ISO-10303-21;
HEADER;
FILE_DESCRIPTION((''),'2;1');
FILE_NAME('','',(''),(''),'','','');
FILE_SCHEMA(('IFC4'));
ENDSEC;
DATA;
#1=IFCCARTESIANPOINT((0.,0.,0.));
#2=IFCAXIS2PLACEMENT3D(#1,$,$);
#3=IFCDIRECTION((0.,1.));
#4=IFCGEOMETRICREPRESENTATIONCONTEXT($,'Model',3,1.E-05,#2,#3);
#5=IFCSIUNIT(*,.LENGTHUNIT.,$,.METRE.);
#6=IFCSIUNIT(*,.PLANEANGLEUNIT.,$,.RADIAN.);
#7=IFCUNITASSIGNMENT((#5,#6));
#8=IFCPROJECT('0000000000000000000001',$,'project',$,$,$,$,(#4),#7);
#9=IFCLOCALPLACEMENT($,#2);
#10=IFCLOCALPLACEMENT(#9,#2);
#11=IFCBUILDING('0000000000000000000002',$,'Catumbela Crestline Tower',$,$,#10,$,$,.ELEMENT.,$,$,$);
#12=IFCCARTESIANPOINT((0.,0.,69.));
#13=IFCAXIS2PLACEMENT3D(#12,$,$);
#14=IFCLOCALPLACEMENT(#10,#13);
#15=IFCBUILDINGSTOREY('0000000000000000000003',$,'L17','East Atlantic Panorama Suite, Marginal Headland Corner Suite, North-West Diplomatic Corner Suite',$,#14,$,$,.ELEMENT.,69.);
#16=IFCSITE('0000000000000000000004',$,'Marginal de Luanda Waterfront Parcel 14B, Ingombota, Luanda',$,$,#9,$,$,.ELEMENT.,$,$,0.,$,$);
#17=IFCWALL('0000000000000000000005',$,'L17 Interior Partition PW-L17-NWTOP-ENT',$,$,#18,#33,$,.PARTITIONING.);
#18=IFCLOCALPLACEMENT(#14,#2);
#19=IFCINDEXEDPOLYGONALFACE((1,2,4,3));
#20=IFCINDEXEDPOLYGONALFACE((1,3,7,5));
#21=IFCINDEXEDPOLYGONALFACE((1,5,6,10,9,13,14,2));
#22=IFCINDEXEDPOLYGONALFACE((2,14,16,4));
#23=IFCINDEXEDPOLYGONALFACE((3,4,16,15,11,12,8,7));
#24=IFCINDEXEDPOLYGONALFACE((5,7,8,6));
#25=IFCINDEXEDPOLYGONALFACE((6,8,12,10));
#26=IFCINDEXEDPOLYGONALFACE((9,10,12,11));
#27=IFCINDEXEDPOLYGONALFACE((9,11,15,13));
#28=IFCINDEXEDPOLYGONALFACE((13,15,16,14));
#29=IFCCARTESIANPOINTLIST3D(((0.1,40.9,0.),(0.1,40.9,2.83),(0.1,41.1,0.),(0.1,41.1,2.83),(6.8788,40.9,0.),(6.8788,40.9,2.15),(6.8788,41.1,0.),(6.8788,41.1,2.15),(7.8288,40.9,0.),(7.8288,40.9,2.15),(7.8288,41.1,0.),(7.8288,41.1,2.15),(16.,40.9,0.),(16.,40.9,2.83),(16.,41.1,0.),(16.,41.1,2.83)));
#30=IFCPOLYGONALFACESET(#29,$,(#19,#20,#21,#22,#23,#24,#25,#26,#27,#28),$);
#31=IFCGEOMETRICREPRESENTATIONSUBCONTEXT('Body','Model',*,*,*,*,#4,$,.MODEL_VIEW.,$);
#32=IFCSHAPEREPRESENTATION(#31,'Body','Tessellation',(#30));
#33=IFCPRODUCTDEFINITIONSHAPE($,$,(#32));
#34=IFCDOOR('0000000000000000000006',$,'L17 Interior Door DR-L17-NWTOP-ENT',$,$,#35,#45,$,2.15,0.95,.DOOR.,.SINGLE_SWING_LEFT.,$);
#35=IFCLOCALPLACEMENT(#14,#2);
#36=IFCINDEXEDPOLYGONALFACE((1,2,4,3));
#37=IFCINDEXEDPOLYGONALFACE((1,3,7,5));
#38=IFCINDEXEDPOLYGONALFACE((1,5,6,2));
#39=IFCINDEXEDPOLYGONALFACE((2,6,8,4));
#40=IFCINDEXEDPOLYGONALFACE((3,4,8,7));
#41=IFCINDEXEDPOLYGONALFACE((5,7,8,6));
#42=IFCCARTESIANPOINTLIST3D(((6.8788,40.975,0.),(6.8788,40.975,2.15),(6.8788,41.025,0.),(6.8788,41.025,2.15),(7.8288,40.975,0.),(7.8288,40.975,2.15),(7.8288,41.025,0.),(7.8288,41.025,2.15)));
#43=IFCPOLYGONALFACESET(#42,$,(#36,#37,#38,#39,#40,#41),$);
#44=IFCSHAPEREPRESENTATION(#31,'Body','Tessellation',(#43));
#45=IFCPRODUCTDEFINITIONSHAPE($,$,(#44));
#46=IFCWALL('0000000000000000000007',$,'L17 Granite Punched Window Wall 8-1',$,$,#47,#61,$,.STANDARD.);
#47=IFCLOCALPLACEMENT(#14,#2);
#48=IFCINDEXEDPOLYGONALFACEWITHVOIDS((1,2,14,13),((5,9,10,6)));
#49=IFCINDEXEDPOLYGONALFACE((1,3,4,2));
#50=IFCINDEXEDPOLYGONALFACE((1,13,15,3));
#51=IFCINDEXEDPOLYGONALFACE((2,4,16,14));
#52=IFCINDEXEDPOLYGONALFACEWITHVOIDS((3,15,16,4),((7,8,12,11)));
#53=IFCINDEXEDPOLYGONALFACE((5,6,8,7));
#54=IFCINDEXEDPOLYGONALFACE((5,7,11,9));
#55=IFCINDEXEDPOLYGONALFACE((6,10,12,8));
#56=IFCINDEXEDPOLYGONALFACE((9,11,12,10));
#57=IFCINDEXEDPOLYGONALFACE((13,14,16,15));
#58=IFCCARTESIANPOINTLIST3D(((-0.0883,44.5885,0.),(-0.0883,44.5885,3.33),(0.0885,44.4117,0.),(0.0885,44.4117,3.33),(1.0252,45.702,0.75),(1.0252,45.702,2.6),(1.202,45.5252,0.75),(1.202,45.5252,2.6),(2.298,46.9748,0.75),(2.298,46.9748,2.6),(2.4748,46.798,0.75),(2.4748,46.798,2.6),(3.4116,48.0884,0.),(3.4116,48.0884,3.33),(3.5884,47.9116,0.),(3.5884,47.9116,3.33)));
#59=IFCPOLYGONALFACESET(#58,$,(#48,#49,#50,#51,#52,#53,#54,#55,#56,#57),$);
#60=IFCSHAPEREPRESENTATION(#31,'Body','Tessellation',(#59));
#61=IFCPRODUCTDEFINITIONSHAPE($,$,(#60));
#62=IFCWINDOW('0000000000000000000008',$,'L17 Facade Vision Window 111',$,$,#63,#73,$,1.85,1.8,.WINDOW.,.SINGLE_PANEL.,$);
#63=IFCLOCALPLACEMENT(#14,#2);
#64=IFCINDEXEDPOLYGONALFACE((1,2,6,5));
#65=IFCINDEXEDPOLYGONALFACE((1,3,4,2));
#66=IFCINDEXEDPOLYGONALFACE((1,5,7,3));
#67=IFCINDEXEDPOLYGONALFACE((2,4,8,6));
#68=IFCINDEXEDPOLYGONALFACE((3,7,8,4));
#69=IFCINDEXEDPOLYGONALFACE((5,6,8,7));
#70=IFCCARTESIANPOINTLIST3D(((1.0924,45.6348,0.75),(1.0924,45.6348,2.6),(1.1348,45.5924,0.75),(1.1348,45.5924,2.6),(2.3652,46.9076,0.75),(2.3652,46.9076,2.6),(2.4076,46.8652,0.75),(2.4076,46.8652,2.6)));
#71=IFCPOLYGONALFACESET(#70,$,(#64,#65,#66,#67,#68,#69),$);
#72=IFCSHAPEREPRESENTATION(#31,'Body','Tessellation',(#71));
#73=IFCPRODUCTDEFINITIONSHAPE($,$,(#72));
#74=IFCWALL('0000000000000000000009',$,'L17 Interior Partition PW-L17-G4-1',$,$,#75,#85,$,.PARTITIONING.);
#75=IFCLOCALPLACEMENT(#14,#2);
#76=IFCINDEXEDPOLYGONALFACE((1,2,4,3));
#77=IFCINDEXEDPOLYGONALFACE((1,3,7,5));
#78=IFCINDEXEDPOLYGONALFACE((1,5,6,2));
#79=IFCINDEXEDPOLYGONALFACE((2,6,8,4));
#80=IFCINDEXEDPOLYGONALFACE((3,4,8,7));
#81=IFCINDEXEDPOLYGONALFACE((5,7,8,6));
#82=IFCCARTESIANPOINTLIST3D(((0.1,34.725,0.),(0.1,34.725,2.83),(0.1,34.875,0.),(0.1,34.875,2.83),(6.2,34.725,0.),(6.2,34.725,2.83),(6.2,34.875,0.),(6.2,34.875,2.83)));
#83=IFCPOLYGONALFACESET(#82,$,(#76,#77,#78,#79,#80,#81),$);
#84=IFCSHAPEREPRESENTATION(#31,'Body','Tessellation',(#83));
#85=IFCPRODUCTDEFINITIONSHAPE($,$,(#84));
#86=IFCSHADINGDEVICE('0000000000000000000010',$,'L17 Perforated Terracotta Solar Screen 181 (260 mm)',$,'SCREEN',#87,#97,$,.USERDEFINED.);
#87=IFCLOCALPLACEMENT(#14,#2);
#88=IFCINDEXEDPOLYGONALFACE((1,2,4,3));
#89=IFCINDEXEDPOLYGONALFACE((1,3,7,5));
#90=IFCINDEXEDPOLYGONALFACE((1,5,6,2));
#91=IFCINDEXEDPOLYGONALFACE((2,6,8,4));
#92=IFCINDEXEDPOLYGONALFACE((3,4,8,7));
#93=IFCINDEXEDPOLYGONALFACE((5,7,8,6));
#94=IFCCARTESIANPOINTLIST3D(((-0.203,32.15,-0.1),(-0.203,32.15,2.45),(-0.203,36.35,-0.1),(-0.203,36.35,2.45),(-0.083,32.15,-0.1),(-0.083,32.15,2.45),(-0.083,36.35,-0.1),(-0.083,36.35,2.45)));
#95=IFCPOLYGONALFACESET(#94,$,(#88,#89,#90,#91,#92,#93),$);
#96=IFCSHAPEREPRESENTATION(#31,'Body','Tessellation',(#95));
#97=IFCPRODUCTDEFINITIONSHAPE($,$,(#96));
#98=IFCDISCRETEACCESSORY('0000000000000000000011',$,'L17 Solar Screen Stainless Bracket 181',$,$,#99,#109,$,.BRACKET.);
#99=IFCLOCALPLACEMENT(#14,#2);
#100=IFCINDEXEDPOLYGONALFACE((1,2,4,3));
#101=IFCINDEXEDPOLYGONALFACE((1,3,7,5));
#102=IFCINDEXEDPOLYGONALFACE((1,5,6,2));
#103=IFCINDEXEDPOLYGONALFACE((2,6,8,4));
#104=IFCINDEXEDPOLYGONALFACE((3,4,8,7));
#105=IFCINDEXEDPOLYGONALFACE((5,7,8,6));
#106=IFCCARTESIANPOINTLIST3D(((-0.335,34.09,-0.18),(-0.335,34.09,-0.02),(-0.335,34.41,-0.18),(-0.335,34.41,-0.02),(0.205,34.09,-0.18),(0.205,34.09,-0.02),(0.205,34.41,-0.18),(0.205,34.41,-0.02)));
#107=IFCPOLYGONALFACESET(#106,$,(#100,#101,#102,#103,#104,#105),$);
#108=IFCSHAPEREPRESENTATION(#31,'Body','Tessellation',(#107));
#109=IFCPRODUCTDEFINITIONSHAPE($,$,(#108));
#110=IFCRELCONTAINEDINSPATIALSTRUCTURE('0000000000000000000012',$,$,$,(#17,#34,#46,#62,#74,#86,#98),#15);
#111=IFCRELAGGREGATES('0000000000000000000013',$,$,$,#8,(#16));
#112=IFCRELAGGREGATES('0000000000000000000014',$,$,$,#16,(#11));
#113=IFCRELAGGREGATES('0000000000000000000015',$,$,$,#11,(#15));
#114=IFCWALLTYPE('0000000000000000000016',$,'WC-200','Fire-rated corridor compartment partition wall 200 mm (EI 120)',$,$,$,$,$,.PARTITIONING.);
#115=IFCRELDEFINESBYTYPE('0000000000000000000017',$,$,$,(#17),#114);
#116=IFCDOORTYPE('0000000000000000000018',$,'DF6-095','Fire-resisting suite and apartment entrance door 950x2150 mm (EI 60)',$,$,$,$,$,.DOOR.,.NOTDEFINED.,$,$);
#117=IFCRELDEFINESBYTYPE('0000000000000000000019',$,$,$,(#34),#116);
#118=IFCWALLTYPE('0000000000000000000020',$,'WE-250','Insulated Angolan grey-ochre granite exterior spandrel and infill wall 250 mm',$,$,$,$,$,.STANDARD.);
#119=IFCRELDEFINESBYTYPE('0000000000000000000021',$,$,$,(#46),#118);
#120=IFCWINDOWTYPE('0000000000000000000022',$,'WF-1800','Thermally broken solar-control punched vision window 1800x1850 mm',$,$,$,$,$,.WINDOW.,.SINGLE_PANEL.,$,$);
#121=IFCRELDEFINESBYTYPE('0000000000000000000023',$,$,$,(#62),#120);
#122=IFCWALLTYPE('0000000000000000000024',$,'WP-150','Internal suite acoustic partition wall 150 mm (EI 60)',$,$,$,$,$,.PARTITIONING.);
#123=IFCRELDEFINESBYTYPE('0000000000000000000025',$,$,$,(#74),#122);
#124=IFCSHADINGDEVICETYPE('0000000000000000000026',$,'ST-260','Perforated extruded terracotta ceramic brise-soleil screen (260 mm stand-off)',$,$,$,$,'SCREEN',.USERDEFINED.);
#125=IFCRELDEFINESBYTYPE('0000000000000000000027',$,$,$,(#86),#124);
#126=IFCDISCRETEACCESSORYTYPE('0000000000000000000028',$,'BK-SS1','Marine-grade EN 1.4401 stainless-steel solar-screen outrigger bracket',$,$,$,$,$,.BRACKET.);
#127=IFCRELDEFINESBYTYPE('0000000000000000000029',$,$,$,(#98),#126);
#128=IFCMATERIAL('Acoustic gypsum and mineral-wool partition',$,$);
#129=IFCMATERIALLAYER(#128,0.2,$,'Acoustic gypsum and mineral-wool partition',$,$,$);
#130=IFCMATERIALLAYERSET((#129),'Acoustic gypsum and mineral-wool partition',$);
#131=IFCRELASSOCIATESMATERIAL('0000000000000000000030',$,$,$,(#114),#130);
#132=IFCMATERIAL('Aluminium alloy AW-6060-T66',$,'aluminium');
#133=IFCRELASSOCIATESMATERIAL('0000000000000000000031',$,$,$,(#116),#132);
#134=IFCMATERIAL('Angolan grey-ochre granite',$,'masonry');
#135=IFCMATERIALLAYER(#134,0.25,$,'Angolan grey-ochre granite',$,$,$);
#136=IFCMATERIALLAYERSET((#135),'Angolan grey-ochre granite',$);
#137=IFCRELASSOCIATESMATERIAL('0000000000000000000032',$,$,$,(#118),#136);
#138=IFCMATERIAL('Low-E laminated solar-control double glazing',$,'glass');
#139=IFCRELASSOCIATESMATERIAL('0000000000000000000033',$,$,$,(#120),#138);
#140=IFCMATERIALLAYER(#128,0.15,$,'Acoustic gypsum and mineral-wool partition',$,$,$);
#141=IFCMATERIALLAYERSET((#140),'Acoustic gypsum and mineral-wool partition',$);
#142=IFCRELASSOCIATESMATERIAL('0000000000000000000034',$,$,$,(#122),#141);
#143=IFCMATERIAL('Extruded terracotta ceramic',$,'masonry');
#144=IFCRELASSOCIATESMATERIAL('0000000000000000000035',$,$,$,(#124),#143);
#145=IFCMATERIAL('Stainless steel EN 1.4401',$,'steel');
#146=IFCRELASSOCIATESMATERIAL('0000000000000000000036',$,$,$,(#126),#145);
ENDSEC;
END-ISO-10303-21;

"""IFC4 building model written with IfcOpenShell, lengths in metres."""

from ifc_helpers import new_model, si_unit, direction, frame, frame_2d, origin, origin_2d, place, context, subcontext, project, spatial, rectangle, extrude, material, layer, layer_set, type_object, element, fill, save


model = new_model("IFC4")

# Units and contexts
model_context = context("Model", 3, precision=1e-05, world=origin(), true_north=direction((0.0, 1.0)))
body_context = subcontext(model_context, "Body", "Model", "MODEL_VIEW")
ifc_project = project(units=[si_unit("LENGTHUNIT", "METRE"), si_unit("PLANEANGLEUNIT", "RADIAN")], contexts=[model_context])

# Site, building, storey
site_placement = place(None, origin())
site = spatial("IfcSite", under=ifc_project, at=site_placement, Name="Marginal de Luanda Waterfront Parcel 14B, Ingombota, Luanda", CompositionType="ELEMENT", RefElevation=0.0)
building_placement = place(site_placement, origin())
building = spatial("IfcBuilding", under=site, at=building_placement, Name="Catumbela Crestline Tower", CompositionType="ELEMENT")
storey_placement = place(building_placement, frame((0.0, 0.0, 69.0)))
storey = spatial("IfcBuildingStorey", under=building, at=storey_placement, Name="L17", Description="East Atlantic Panorama Suite, Marginal Headland Corner Suite, North-West Diplomatic Corner Suite", CompositionType="ELEMENT", Elevation=69.0)

# Shared definitions
ifc_material_1 = material(Name="Aluminium alloy AW-6060-T66", Category="aluminium")

# Shared definitions
ifc_material_2 = material(Name="Low-E laminated solar-control double glazing", Category="glass")

# Wall, opening, door
ifc_material_3 = material(Name="Acoustic gypsum and mineral-wool partition")
ifc_layer_1 = layer(ifc_material_3, 0.2, Name="Acoustic gypsum and mineral-wool partition")
ifc_layer_set_1 = layer_set([ifc_layer_1], Name="Acoustic gypsum and mineral-wool partition")
wall_type_1 = type_object("IfcWallType", Name="WC-200", Description="Fire-rated corridor compartment partition wall 200 mm (EI 120)", PredefinedType="PARTITIONING", material=ifc_layer_set_1)
wall_1_placement = place(storey_placement, frame((0.1, 41.0, 0.0), z_axis=(0.0, 0.0, 1.0), x_axis=(1.0, 0.0, 0.0)))
wall_1 = element("IfcWall", 1, at=wall_1_placement, inside=storey, type_object=wall_type_1, Name="L17 Interior Partition PW-L17-NWTOP-ENT", PredefinedType="PARTITIONING", context=body_context, shape_type="SweptSolid", body=[
    extrude(rectangle(XDim=15.9, YDim=0.2, at=frame_2d((7.95, 0.0))), origin(), (0.0, 0.0, 1.0), 2.83),
])
opening_1_placement = place(wall_1_placement, frame((6.7788, 0.0, 0.0)))
opening_1 = element("IfcOpeningElement", 2, at=opening_1_placement, cuts=wall_1, PredefinedType="OPENING", context=body_context, shape_type="SweptSolid", body=[
    extrude(rectangle(XDim=0.95, YDim=2.15, at=frame_2d((0.475, 1.075))), frame((0.0, 0.11, 0.0), z_axis=(0.0, -1.0, 0.0), x_axis=(1.0, 0.0, 0.0)), (0.0, 0.0, 1.0), 0.22),
])
door_type = type_object("IfcDoorType", Name="DF6-095", Description="Fire-resisting suite and apartment entrance door 950x2150 mm (EI 60)", OperationType="NOTDEFINED", PredefinedType="DOOR", material=ifc_material_1)
door_placement = place(opening_1_placement, origin())
door = element("IfcDoor", 3, at=door_placement, inside=storey, type_object=door_type, Name="L17 Interior Door DR-L17-NWTOP-ENT", OperationType="SINGLE_SWING_LEFT", OverallHeight=2.15, OverallWidth=0.95, PredefinedType="DOOR", context=body_context, shape_type="SweptSolid", body=[
    extrude(rectangle(XDim=0.95, YDim=2.15, at=frame_2d((0.475, 1.075))), frame((0.0, 0.025, 0.0), z_axis=(0.0, -1.0, 0.0), x_axis=(1.0, 0.0, 0.0)), (0.0, 0.0, 1.0), 0.05),
])
fill(opening_1, door)

# Wall, opening, window
ifc_material_4 = material(Name="Angolan grey-ochre granite", Category="masonry")
ifc_layer_2 = layer(ifc_material_4, 0.25, Name="Angolan grey-ochre granite")
ifc_layer_set_2 = layer_set([ifc_layer_2], Name="Angolan grey-ochre granite")
wall_type_2 = type_object("IfcWallType", Name="WE-250", Description="Insulated Angolan grey-ochre granite exterior spandrel and infill wall 250 mm", PredefinedType="STANDARD", material=ifc_layer_set_2)
wall_2_placement = place(storey_placement, frame((3.5, 48.0, 0.0), z_axis=(0.0, 0.0, 1.0), x_axis=(-0.707107, -0.707107, 0.0)))
wall_2 = element("IfcWall", 4, at=wall_2_placement, inside=storey, type_object=wall_type_2, Name="L17 Granite Punched Window Wall 8-1", PredefinedType="STANDARD", context=body_context, shape_type="SweptSolid", body=[
    extrude(rectangle(XDim=4.9497, YDim=0.25, at=frame_2d((2.4748, 0.0))), origin(), (0.0, 0.0, 1.0), 3.33),
])
opening_2_placement = place(wall_2_placement, frame((1.5749, 0.0, 0.75)))
opening_2 = element("IfcOpeningElement", 5, at=opening_2_placement, cuts=wall_2, PredefinedType="OPENING", context=body_context, shape_type="SweptSolid", body=[
    extrude(rectangle(XDim=1.8, YDim=1.85, at=frame_2d((0.9, 0.925))), frame((0.0, 0.135, 0.0), z_axis=(0.0, -1.0, 0.0), x_axis=(1.0, 0.0, 0.0)), (0.0, 0.0, 1.0), 0.27),
])
window_type = type_object("IfcWindowType", Name="WF-1800", Description="Thermally broken solar-control punched vision window 1800x1850 mm", PartitioningType="SINGLE_PANEL", PredefinedType="WINDOW", material=ifc_material_2)
window_placement = place(opening_2_placement, origin())
window = element("IfcWindow", 6, at=window_placement, inside=storey, type_object=window_type, Name="L17 Facade Vision Window 111", OverallHeight=1.85, OverallWidth=1.8, PartitioningType="SINGLE_PANEL", PredefinedType="WINDOW", context=body_context, shape_type="SweptSolid", body=[
    extrude(rectangle(XDim=1.8, YDim=1.85, at=frame_2d((0.9, 0.925))), frame((0.0, 0.03, 0.0), z_axis=(0.0, -1.0, 0.0), x_axis=(1.0, 0.0, 0.0)), (0.0, 0.0, 1.0), 0.06),
])
fill(opening_2, window)

# Wall
ifc_layer_3 = layer(ifc_material_3, 0.15, Name="Acoustic gypsum and mineral-wool partition")
ifc_layer_set_3 = layer_set([ifc_layer_3], Name="Acoustic gypsum and mineral-wool partition")
wall_type_3 = type_object("IfcWallType", Name="WP-150", Description="Internal suite acoustic partition wall 150 mm (EI 60)", PredefinedType="PARTITIONING", material=ifc_layer_set_3)
wall_3_placement = place(storey_placement, frame((0.1, 34.8, 0.0), z_axis=(0.0, 0.0, 1.0), x_axis=(1.0, 0.0, 0.0)))
element("IfcWall", 7, at=wall_3_placement, inside=storey, type_object=wall_type_3, Name="L17 Interior Partition PW-L17-G4-1", PredefinedType="PARTITIONING", context=body_context, shape_type="SweptSolid", body=[
    extrude(rectangle(XDim=6.1, YDim=0.15, at=frame_2d((3.05, 0.0))), origin(), (0.0, 0.0, 1.0), 2.83),
])

# Shading device
ifc_material_5 = material(Name="Extruded terracotta ceramic", Category="masonry")
shading_device_type = type_object("IfcShadingDeviceType", Name="ST-260", Description="Perforated extruded terracotta ceramic brise-soleil screen (260 mm stand-off)", ElementType="SCREEN", PredefinedType="USERDEFINED", material=ifc_material_5)
shading_device_placement = place(storey_placement, frame((-0.143, 34.25, -0.1), z_axis=(0.0, 0.0, 1.0), x_axis=(0.0, -1.0, 0.0)))
element("IfcShadingDevice", 8, at=shading_device_placement, inside=storey, type_object=shading_device_type, Name="L17 Perforated Terracotta Solar Screen 181 (260 mm)", ObjectType="SCREEN", PredefinedType="USERDEFINED", context=body_context, shape_type="SweptSolid", body=[
    extrude(rectangle(XDim=4.2, YDim=0.12, at=origin_2d()), origin(), (0.0, 0.0, 1.0), 2.55),
])

# Discrete accessory
ifc_material_6 = material(Name="Stainless steel EN 1.4401", Category="steel")
discrete_accessory_type = type_object("IfcDiscreteAccessoryType", Name="BK-SS1", Description="Marine-grade EN 1.4401 stainless-steel solar-screen outrigger bracket", PredefinedType="BRACKET", material=ifc_material_6)
discrete_accessory_placement = place(storey_placement, frame((-0.065, 34.25, -0.18), z_axis=(0.0, 0.0, 1.0), x_axis=(0.0, -1.0, 0.0)))
element("IfcDiscreteAccessory", 9, at=discrete_accessory_placement, inside=storey, type_object=discrete_accessory_type, Name="L17 Solar Screen Stainless Bracket 181", PredefinedType="BRACKET", context=body_context, shape_type="SweptSolid", body=[
    extrude(rectangle(XDim=0.32, YDim=0.54, at=origin_2d()), origin(), (0.0, 0.0, 1.0), 0.16),
])

save(model, "model.ifc")
